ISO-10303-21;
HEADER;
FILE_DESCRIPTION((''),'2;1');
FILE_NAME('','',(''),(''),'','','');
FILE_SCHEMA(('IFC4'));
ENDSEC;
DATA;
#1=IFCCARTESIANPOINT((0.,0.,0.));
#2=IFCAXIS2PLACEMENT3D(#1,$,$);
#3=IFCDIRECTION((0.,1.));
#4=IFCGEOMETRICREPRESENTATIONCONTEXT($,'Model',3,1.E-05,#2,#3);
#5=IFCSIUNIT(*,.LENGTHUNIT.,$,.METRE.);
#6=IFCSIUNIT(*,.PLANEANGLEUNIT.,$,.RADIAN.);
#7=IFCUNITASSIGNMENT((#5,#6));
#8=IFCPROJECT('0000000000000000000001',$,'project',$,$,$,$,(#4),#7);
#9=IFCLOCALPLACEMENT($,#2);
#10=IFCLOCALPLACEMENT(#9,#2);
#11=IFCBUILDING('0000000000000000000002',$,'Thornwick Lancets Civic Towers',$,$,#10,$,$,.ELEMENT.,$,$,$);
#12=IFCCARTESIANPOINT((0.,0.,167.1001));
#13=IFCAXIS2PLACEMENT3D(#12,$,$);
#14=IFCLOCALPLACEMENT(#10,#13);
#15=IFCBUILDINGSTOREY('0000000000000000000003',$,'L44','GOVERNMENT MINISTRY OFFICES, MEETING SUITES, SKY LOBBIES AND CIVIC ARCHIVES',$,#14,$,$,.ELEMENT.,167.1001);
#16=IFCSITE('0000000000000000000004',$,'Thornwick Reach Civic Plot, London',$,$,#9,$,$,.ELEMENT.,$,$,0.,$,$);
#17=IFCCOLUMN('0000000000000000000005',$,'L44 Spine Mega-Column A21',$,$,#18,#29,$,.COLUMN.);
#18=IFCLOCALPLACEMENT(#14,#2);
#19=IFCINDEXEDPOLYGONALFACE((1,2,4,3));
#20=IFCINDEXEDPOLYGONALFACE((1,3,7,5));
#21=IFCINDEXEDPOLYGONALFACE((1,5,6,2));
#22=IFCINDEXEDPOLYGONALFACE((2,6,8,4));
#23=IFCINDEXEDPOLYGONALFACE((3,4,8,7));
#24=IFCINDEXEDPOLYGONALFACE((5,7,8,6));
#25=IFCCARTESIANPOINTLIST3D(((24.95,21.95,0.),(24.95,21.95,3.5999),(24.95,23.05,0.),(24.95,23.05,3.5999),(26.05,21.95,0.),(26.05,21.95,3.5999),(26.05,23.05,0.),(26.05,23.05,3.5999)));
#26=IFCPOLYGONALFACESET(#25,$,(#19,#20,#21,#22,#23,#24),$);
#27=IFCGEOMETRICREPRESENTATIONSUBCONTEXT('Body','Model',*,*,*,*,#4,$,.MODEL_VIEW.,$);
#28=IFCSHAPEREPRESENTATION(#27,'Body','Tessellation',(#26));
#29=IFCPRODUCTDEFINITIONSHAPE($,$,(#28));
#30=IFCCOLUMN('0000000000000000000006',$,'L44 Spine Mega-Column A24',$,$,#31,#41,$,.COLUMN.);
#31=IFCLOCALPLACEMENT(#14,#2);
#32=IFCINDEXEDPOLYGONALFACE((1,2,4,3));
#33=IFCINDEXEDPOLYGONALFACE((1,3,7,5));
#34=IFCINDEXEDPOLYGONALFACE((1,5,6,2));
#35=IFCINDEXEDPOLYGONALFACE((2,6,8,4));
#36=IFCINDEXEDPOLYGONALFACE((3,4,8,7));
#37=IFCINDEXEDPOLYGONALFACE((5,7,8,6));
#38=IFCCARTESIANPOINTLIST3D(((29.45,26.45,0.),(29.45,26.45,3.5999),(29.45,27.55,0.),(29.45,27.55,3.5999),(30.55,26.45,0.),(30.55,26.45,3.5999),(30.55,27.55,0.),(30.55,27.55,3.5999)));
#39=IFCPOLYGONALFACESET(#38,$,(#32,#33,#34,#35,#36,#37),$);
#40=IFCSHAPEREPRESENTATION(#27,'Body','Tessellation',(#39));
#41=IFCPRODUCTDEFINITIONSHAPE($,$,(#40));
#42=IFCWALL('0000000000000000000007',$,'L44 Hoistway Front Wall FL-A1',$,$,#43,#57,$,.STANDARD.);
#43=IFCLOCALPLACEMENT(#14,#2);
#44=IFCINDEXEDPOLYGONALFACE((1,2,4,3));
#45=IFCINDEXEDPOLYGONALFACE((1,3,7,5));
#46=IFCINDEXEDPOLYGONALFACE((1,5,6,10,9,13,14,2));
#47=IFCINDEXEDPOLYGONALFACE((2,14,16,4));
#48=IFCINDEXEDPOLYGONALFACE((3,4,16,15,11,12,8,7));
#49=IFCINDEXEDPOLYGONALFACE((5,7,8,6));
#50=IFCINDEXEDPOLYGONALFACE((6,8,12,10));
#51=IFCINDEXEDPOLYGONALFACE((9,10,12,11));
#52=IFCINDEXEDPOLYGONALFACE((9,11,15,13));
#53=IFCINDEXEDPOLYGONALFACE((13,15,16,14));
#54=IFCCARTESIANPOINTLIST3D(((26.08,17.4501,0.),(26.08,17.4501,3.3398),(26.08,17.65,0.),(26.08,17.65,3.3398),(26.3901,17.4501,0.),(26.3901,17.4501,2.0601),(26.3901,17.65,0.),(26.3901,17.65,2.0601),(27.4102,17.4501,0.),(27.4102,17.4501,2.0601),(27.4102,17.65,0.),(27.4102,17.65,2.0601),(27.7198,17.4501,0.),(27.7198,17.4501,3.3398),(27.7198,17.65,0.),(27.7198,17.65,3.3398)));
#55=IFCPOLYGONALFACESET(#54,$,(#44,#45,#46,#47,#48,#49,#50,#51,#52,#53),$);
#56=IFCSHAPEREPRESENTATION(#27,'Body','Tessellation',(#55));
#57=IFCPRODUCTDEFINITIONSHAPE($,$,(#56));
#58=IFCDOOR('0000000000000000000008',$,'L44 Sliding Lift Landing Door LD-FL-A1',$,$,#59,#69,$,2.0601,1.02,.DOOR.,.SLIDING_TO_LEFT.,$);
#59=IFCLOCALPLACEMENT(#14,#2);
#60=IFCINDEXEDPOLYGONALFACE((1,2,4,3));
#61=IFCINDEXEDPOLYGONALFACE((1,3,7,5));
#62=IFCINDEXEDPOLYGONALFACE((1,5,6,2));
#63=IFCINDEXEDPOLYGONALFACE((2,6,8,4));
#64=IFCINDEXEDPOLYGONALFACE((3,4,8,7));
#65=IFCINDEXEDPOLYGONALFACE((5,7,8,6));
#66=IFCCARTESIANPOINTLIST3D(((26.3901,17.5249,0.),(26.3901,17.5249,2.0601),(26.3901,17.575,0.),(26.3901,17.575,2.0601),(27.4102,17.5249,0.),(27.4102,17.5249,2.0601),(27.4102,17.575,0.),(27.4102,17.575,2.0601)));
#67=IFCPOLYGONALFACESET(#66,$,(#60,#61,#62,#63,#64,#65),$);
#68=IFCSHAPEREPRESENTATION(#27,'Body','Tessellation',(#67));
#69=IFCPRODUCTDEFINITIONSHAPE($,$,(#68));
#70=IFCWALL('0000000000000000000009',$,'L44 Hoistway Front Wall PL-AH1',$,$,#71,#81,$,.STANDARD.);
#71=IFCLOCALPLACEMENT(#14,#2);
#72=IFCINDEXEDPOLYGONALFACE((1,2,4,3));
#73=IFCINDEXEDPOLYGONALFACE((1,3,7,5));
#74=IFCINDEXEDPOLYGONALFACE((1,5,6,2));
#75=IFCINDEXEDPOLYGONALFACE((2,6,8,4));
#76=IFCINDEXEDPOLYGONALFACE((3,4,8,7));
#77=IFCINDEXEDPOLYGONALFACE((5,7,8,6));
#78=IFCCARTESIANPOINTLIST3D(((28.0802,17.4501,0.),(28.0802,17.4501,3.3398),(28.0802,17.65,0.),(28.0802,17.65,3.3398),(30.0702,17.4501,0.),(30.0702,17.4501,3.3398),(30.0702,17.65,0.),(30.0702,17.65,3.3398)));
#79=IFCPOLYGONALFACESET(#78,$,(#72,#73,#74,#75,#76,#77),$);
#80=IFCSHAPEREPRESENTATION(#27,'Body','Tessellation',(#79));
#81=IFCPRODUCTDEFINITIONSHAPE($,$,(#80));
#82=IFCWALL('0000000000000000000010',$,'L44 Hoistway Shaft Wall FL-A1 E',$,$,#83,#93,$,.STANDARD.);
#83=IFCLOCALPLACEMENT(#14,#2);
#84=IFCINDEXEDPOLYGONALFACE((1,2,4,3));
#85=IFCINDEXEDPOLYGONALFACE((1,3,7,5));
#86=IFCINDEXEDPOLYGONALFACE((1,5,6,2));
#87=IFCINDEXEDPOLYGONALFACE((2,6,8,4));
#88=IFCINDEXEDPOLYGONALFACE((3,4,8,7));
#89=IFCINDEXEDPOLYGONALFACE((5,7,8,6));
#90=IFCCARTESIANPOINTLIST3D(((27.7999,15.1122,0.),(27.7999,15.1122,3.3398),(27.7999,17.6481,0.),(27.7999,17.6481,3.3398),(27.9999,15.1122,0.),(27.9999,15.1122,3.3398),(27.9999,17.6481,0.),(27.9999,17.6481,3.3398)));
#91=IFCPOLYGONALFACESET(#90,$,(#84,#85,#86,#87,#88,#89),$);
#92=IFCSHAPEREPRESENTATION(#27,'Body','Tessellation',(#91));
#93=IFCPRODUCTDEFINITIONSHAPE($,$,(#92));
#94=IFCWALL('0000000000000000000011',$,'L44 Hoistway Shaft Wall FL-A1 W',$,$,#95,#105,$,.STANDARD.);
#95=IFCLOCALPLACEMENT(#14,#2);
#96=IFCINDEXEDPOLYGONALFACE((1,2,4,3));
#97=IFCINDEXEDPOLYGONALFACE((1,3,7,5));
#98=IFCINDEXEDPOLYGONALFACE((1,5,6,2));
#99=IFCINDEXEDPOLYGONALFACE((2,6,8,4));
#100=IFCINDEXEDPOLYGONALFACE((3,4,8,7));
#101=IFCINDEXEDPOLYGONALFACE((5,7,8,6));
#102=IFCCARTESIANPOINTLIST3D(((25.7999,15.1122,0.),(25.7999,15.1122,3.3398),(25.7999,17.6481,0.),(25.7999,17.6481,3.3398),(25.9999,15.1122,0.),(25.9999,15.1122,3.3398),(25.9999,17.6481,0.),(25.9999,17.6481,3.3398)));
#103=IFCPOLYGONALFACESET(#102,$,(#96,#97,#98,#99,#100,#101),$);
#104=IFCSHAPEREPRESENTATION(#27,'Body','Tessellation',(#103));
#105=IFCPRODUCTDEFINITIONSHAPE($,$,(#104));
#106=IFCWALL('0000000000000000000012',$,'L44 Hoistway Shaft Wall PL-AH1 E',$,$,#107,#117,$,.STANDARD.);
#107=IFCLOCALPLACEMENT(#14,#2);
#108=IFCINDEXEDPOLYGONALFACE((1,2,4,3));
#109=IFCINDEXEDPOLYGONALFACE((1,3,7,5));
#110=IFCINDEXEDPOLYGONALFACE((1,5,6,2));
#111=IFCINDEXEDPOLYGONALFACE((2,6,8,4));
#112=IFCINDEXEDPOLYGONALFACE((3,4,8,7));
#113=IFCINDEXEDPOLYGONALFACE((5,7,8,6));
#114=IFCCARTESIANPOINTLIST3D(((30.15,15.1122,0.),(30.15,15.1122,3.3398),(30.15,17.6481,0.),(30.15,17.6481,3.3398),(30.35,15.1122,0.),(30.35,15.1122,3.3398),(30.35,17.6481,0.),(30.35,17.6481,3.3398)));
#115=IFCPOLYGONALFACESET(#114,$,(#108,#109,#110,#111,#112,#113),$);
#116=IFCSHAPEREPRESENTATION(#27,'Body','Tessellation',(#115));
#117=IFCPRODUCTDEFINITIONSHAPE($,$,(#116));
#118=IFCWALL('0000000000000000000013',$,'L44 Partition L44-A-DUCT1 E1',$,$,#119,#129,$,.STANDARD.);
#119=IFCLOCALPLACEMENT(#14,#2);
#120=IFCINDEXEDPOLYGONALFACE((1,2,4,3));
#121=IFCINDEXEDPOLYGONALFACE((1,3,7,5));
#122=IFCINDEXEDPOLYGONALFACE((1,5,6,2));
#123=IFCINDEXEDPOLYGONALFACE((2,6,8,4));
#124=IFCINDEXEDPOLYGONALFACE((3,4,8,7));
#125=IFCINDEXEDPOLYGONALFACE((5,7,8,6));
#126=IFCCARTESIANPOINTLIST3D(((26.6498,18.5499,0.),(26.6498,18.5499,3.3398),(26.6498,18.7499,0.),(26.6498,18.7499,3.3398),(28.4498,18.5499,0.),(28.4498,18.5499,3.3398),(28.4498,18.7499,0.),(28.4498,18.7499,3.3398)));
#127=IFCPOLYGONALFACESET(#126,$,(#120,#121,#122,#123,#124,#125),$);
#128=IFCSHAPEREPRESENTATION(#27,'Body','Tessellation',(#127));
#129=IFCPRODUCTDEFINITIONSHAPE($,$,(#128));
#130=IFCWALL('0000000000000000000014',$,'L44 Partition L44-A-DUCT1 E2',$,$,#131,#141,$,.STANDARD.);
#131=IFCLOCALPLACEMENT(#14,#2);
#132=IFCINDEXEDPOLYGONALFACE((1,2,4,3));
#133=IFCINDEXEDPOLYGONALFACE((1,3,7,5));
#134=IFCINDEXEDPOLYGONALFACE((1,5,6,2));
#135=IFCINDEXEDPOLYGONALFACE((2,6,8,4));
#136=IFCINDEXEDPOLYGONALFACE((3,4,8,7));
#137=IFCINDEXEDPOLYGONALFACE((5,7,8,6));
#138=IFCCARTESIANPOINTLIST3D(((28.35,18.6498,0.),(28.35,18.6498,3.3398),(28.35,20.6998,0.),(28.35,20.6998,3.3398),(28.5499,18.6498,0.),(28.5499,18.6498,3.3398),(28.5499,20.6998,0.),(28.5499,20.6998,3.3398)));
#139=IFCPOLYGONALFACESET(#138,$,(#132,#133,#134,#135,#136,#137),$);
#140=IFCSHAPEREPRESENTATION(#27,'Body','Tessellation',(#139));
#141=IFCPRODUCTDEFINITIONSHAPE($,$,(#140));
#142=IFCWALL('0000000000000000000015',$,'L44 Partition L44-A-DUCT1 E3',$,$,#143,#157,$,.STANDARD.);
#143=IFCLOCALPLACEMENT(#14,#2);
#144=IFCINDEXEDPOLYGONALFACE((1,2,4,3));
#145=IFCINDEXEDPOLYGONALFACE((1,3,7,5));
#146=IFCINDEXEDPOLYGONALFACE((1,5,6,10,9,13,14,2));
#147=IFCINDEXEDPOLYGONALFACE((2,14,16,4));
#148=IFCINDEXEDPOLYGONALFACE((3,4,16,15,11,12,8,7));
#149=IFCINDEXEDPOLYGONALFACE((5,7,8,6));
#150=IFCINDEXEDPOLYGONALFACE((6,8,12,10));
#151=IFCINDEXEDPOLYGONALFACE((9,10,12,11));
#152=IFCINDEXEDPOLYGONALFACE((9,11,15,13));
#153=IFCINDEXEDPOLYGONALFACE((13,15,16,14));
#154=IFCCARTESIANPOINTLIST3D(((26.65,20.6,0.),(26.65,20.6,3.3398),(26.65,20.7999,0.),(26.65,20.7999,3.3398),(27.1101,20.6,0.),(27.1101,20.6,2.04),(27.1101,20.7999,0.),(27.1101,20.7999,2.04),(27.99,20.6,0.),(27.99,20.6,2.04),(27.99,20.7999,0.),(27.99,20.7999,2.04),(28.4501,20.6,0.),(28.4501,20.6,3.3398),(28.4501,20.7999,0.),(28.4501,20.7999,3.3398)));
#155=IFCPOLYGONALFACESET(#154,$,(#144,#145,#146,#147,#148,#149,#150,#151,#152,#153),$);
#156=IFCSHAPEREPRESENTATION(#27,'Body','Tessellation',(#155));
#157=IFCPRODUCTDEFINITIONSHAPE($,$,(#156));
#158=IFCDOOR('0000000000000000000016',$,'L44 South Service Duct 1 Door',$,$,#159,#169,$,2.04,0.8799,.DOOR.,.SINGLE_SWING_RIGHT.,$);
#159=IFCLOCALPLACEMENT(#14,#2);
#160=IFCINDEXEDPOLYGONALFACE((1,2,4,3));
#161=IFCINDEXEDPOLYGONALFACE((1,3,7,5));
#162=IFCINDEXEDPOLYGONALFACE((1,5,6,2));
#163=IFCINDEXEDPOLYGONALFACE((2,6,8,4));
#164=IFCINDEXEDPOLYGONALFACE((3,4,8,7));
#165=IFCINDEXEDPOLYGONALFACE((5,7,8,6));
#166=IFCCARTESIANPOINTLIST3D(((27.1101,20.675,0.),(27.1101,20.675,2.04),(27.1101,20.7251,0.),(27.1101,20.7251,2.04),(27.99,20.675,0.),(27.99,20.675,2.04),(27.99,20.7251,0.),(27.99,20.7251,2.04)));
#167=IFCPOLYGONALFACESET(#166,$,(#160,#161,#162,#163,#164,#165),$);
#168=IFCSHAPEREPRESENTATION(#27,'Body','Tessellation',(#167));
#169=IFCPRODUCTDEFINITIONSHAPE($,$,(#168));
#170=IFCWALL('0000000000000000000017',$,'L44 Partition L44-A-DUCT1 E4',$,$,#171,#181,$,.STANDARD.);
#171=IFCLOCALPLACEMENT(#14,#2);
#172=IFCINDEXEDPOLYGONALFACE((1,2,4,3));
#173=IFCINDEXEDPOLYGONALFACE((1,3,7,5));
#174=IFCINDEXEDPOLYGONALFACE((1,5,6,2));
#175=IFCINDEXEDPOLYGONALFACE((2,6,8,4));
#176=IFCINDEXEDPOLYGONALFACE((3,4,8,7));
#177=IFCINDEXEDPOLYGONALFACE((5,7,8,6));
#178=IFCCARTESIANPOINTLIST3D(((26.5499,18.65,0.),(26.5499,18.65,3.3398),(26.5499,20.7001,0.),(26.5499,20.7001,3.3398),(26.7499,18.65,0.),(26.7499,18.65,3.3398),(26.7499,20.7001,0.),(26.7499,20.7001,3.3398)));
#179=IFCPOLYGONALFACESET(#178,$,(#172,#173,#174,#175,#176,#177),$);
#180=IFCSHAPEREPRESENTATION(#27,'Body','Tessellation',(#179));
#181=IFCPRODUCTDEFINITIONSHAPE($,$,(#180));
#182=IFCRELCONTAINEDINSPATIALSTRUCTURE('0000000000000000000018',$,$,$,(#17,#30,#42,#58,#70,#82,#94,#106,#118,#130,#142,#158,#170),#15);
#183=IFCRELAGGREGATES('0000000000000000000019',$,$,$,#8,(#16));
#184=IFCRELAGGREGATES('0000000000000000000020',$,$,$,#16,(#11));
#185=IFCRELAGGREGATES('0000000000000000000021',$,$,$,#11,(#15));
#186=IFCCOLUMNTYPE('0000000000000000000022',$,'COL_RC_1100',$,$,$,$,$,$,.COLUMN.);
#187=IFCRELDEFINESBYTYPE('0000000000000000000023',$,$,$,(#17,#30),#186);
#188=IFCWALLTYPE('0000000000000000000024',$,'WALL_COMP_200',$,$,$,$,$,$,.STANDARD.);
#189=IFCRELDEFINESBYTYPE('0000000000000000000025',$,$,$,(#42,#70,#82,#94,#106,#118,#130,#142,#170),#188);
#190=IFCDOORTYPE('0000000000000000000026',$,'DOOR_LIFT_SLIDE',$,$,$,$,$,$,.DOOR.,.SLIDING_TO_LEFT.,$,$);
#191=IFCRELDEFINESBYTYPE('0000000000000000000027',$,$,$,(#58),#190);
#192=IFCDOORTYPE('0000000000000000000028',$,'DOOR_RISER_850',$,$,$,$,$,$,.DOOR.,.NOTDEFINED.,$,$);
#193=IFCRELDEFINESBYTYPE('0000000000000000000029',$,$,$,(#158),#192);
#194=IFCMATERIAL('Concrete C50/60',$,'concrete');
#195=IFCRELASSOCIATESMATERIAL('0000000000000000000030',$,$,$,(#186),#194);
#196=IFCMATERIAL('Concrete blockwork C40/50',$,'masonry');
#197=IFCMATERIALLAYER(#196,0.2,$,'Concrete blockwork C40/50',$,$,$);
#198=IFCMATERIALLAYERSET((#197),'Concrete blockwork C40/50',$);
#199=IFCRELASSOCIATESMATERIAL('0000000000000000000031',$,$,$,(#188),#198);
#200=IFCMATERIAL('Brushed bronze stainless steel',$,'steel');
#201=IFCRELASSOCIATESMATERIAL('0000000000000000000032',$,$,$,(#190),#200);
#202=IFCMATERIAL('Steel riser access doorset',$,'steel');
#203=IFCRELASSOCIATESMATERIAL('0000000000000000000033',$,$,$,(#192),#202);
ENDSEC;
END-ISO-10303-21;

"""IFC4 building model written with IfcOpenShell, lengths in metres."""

from ifc_helpers import new_model, si_unit, direction, frame, frame_2d, origin, origin_2d, place, context, subcontext, project, spatial, rectangle, extrude, material, layer, layer_set, material_profile, profile_set, type_object, element, fill, save


model = new_model("IFC4")

# Units and contexts
model_context = context("Model", 3, precision=1e-05, world=origin(), true_north=direction((0.0, 1.0)))
body_context = subcontext(model_context, "Body", "Model", "MODEL_VIEW")
ifc_project = project(units=[si_unit("LENGTHUNIT", "METRE"), si_unit("PLANEANGLEUNIT", "RADIAN")], contexts=[model_context])

# Site, building, storey
site_placement = place(None, origin())
site = spatial("IfcSite", under=ifc_project, at=site_placement, Name="Thornwick Reach Civic Plot, London", CompositionType="ELEMENT", RefElevation=0.0)
building_placement = place(site_placement, origin())
building = spatial("IfcBuilding", under=site, at=building_placement, Name="Thornwick Lancets Civic Towers", CompositionType="ELEMENT")
storey_placement = place(building_placement, frame((0.0, 0.0, 167.1001)))
storey = spatial("IfcBuildingStorey", under=building, at=storey_placement, Name="L44", Description="GOVERNMENT MINISTRY OFFICES, MEETING SUITES, SKY LOBBIES AND CIVIC ARCHIVES", CompositionType="ELEMENT", Elevation=167.1001)

# Columns
ifc_material_1 = material(Name="Concrete C50/60", Category="concrete")
ifc_material_profile = material_profile(ifc_material_1, rectangle(XDim=1.1001, YDim=1.1001, at=origin_2d()), Name="RC 1100x1100")
ifc_profile_set = profile_set([ifc_material_profile], Name="Concrete C50/60")
column_type = type_object("IfcColumnType", Name="COL_RC_1100", PredefinedType="COLUMN", material=ifc_profile_set)
for number, where, z_axis, x_axis, name in (
    (1, (25.5, 22.5, 0.0), (0.0, 0.0, 1.0), (1.0, 0.0, 0.0), "L44 Spine Mega-Column A21"),
    (2, (30.0, 27.0, 0.0), (0.0, 0.0, 1.0), (1.0, 0.0, 0.0), "L44 Spine Mega-Column A24"),
):
    element("IfcColumn", number, at=place(storey_placement, frame(where, z_axis=z_axis, x_axis=x_axis)), inside=storey, type_object=column_type, Name=name, PredefinedType="COLUMN", context=body_context, shape_type="SweptSolid", body=[
        extrude(rectangle(XDim=1.1001, YDim=1.1001, at=origin_2d()), origin(), (0.0, 0.0, 1.0), 3.5999),
    ])

# Wall, opening, door
ifc_material_2 = material(Name="Concrete blockwork C40/50", Category="masonry")
ifc_layer_1 = layer(ifc_material_2, 0.2, Name="Concrete blockwork C40/50")
ifc_layer_set_1 = layer_set([ifc_layer_1], Name="Concrete blockwork C40/50")
wall_type_1 = type_object("IfcWallType", Name="WALL_COMP_200", PredefinedType="STANDARD", material=ifc_layer_set_1)
wall_1_placement = place(storey_placement, frame((26.0801, 17.55, 0.0), z_axis=(0.0, 0.0, 1.0), x_axis=(1.0, 0.0, 0.0)))
wall_1 = element("IfcWall", 3, at=wall_1_placement, inside=storey, type_object=wall_type_1, Name="L44 Hoistway Front Wall FL-A1", PredefinedType="STANDARD", context=body_context, shape_type="SweptSolid", body=[
    extrude(rectangle(XDim=1.6399, YDim=0.2, at=frame_2d((0.8198, 0.0))), origin(), (0.0, 0.0, 1.0), 3.3398),
])
opening_1_placement = place(wall_1_placement, frame((0.3101, 0.0, 0.0)))
opening_1 = element("IfcOpeningElement", 4, at=opening_1_placement, cuts=wall_1, PredefinedType="OPENING", context=body_context, shape_type="SweptSolid", body=[
    extrude(rectangle(XDim=1.02, YDim=2.0601, at=frame_2d((0.51, 1.03))), frame((0.0, 0.1099, 0.0), z_axis=(0.0, -1.0, 0.0), x_axis=(1.0, 0.0, 0.0)), (0.0, 0.0, 1.0), 0.22),
])
ifc_material_3 = material(Name="Brushed bronze stainless steel", Category="steel")
door_type_1 = type_object("IfcDoorType", Name="DOOR_LIFT_SLIDE", OperationType="SLIDING_TO_LEFT", PredefinedType="DOOR", material=ifc_material_3)
door_1_placement = place(opening_1_placement, origin())
door_1 = element("IfcDoor", 5, at=door_1_placement, inside=storey, type_object=door_type_1, Name="L44 Sliding Lift Landing Door LD-FL-A1", OperationType="SLIDING_TO_LEFT", OverallHeight=2.0601, OverallWidth=1.02, PredefinedType="DOOR", context=body_context, shape_type="SweptSolid", body=[
    extrude(rectangle(XDim=1.02, YDim=2.0601, at=frame_2d((0.51, 1.03))), frame((0.0, 0.0249, 0.0), z_axis=(0.0, -1.0, 0.0), x_axis=(1.0, 0.0, 0.0)), (0.0, 0.0, 1.0), 0.05),
])
fill(opening_1, door_1)

# Walls
wall_2_placement = place(storey_placement, frame((28.0801, 17.55, 0.0), z_axis=(0.0, 0.0, 1.0), x_axis=(1.0, 0.0, 0.0)))
element("IfcWall", 6, at=wall_2_placement, inside=storey, type_object=wall_type_1, Name="L44 Hoistway Front Wall PL-AH1", PredefinedType="STANDARD", context=body_context, shape_type="SweptSolid", body=[
    extrude(rectangle(XDim=1.99, YDim=0.2, at=frame_2d((0.9951, 0.0))), origin(), (0.0, 0.0, 1.0), 3.3398),
])
for number, where, z_axis, x_axis, name in (
    (7, (27.8999, 15.1121, 0.0), (0.0, 0.0, 1.0), (0.0, 1.0, 0.0), "L44 Hoistway Shaft Wall FL-A1 E"),
    (8, (25.8999, 15.1121, 0.0), (0.0, 0.0, 1.0), (0.0, 1.0, 0.0), "L44 Hoistway Shaft Wall FL-A1 W"),
    (9, (30.25, 15.1121, 0.0), (0.0, 0.0, 1.0), (0.0, 1.0, 0.0), "L44 Hoistway Shaft Wall PL-AH1 E"),
):
    element("IfcWall", number, at=place(storey_placement, frame(where, z_axis=z_axis, x_axis=x_axis)), inside=storey, type_object=wall_type_1, Name=name, PredefinedType="STANDARD", context=body_context, shape_type="SweptSolid", body=[
        extrude(rectangle(XDim=2.5359, YDim=0.2, at=frame_2d((1.2681, 0.0))), origin(), (0.0, 0.0, 1.0), 3.3398),
    ])
wall_3_placement = place(storey_placement, frame((26.6499, 18.6499, 0.0), z_axis=(0.0, 0.0, 1.0), x_axis=(1.0, 0.0, 0.0)))
element("IfcWall", 10, at=wall_3_placement, inside=storey, type_object=wall_type_1, Name="L44 Partition L44-A-DUCT1 E1", PredefinedType="STANDARD", context=body_context, shape_type="SweptSolid", body=[
    extrude(rectangle(XDim=1.8, YDim=0.2, at=frame_2d((0.8999, 0.0))), origin(), (0.0, 0.0, 1.0), 3.3398),
])
wall_4_placement = place(storey_placement, frame((28.45, 18.6499, 0.0), z_axis=(0.0, 0.0, 1.0), x_axis=(0.0, 1.0, 0.0)))
element("IfcWall", 11, at=wall_4_placement, inside=storey, type_object=wall_type_1, Name="L44 Partition L44-A-DUCT1 E2", PredefinedType="STANDARD", context=body_context, shape_type="SweptSolid", body=[
    extrude(rectangle(XDim=2.05, YDim=0.2, at=frame_2d((1.0249, 0.0))), origin(), (0.0, 0.0, 1.0), 3.3398),
])

# Wall, opening, door
wall_5_placement = place(storey_placement, frame((28.45, 20.7, 0.0), z_axis=(0.0, 0.0, 1.0), x_axis=(-1.0, 0.0, 0.0)))
wall_5 = element("IfcWall", 12, at=wall_5_placement, inside=storey, type_object=wall_type_1, Name="L44 Partition L44-A-DUCT1 E3", PredefinedType="STANDARD", context=body_context, shape_type="SweptSolid", body=[
    extrude(rectangle(XDim=1.8, YDim=0.2, at=frame_2d((0.8999, 0.0))), origin(), (0.0, 0.0, 1.0), 3.3398),
])
opening_2_placement = place(wall_5_placement, frame((0.46, 0.0, 0.0)))
opening_2 = element("IfcOpeningElement", 13, at=opening_2_placement, cuts=wall_5, PredefinedType="OPENING", context=body_context, shape_type="SweptSolid", body=[
    extrude(rectangle(XDim=0.8799, YDim=2.04, at=frame_2d((0.4399, 1.02))), frame((0.0, 0.1099, 0.0), z_axis=(0.0, -1.0, 0.0), x_axis=(1.0, 0.0, 0.0)), (0.0, 0.0, 1.0), 0.22),
])
ifc_material_4 = material(Name="Steel riser access doorset", Category="steel")
door_type_2 = type_object("IfcDoorType", Name="DOOR_RISER_850", OperationType="NOTDEFINED", PredefinedType="DOOR", material=ifc_material_4)
door_2_placement = place(opening_2_placement, origin())
door_2 = element("IfcDoor", 14, at=door_2_placement, inside=storey, type_object=door_type_2, Name="L44 South Service Duct 1 Door", OperationType="SINGLE_SWING_RIGHT", OverallHeight=2.04, OverallWidth=0.8799, PredefinedType="DOOR", context=body_context, shape_type="SweptSolid", body=[
    extrude(rectangle(XDim=0.8799, YDim=2.04, at=frame_2d((0.4399, 1.02))), frame((0.0, 0.0249, 0.0), z_axis=(0.0, -1.0, 0.0), x_axis=(1.0, 0.0, 0.0)), (0.0, 0.0, 1.0), 0.05),
])
fill(opening_2, door_2)

# Wall
wall_6_placement = place(storey_placement, frame((26.6499, 20.7, 0.0), z_axis=(0.0, 0.0, 1.0), x_axis=(0.0, -1.0, 0.0)))
element("IfcWall", 15, at=wall_6_placement, inside=storey, type_object=wall_type_1, Name="L44 Partition L44-A-DUCT1 E4", PredefinedType="STANDARD", context=body_context, shape_type="SweptSolid", body=[
    extrude(rectangle(XDim=2.05, YDim=0.2, at=frame_2d((1.0249, 0.0))), origin(), (0.0, 0.0, 1.0), 3.3398),
])

save(model, "model.ifc")
